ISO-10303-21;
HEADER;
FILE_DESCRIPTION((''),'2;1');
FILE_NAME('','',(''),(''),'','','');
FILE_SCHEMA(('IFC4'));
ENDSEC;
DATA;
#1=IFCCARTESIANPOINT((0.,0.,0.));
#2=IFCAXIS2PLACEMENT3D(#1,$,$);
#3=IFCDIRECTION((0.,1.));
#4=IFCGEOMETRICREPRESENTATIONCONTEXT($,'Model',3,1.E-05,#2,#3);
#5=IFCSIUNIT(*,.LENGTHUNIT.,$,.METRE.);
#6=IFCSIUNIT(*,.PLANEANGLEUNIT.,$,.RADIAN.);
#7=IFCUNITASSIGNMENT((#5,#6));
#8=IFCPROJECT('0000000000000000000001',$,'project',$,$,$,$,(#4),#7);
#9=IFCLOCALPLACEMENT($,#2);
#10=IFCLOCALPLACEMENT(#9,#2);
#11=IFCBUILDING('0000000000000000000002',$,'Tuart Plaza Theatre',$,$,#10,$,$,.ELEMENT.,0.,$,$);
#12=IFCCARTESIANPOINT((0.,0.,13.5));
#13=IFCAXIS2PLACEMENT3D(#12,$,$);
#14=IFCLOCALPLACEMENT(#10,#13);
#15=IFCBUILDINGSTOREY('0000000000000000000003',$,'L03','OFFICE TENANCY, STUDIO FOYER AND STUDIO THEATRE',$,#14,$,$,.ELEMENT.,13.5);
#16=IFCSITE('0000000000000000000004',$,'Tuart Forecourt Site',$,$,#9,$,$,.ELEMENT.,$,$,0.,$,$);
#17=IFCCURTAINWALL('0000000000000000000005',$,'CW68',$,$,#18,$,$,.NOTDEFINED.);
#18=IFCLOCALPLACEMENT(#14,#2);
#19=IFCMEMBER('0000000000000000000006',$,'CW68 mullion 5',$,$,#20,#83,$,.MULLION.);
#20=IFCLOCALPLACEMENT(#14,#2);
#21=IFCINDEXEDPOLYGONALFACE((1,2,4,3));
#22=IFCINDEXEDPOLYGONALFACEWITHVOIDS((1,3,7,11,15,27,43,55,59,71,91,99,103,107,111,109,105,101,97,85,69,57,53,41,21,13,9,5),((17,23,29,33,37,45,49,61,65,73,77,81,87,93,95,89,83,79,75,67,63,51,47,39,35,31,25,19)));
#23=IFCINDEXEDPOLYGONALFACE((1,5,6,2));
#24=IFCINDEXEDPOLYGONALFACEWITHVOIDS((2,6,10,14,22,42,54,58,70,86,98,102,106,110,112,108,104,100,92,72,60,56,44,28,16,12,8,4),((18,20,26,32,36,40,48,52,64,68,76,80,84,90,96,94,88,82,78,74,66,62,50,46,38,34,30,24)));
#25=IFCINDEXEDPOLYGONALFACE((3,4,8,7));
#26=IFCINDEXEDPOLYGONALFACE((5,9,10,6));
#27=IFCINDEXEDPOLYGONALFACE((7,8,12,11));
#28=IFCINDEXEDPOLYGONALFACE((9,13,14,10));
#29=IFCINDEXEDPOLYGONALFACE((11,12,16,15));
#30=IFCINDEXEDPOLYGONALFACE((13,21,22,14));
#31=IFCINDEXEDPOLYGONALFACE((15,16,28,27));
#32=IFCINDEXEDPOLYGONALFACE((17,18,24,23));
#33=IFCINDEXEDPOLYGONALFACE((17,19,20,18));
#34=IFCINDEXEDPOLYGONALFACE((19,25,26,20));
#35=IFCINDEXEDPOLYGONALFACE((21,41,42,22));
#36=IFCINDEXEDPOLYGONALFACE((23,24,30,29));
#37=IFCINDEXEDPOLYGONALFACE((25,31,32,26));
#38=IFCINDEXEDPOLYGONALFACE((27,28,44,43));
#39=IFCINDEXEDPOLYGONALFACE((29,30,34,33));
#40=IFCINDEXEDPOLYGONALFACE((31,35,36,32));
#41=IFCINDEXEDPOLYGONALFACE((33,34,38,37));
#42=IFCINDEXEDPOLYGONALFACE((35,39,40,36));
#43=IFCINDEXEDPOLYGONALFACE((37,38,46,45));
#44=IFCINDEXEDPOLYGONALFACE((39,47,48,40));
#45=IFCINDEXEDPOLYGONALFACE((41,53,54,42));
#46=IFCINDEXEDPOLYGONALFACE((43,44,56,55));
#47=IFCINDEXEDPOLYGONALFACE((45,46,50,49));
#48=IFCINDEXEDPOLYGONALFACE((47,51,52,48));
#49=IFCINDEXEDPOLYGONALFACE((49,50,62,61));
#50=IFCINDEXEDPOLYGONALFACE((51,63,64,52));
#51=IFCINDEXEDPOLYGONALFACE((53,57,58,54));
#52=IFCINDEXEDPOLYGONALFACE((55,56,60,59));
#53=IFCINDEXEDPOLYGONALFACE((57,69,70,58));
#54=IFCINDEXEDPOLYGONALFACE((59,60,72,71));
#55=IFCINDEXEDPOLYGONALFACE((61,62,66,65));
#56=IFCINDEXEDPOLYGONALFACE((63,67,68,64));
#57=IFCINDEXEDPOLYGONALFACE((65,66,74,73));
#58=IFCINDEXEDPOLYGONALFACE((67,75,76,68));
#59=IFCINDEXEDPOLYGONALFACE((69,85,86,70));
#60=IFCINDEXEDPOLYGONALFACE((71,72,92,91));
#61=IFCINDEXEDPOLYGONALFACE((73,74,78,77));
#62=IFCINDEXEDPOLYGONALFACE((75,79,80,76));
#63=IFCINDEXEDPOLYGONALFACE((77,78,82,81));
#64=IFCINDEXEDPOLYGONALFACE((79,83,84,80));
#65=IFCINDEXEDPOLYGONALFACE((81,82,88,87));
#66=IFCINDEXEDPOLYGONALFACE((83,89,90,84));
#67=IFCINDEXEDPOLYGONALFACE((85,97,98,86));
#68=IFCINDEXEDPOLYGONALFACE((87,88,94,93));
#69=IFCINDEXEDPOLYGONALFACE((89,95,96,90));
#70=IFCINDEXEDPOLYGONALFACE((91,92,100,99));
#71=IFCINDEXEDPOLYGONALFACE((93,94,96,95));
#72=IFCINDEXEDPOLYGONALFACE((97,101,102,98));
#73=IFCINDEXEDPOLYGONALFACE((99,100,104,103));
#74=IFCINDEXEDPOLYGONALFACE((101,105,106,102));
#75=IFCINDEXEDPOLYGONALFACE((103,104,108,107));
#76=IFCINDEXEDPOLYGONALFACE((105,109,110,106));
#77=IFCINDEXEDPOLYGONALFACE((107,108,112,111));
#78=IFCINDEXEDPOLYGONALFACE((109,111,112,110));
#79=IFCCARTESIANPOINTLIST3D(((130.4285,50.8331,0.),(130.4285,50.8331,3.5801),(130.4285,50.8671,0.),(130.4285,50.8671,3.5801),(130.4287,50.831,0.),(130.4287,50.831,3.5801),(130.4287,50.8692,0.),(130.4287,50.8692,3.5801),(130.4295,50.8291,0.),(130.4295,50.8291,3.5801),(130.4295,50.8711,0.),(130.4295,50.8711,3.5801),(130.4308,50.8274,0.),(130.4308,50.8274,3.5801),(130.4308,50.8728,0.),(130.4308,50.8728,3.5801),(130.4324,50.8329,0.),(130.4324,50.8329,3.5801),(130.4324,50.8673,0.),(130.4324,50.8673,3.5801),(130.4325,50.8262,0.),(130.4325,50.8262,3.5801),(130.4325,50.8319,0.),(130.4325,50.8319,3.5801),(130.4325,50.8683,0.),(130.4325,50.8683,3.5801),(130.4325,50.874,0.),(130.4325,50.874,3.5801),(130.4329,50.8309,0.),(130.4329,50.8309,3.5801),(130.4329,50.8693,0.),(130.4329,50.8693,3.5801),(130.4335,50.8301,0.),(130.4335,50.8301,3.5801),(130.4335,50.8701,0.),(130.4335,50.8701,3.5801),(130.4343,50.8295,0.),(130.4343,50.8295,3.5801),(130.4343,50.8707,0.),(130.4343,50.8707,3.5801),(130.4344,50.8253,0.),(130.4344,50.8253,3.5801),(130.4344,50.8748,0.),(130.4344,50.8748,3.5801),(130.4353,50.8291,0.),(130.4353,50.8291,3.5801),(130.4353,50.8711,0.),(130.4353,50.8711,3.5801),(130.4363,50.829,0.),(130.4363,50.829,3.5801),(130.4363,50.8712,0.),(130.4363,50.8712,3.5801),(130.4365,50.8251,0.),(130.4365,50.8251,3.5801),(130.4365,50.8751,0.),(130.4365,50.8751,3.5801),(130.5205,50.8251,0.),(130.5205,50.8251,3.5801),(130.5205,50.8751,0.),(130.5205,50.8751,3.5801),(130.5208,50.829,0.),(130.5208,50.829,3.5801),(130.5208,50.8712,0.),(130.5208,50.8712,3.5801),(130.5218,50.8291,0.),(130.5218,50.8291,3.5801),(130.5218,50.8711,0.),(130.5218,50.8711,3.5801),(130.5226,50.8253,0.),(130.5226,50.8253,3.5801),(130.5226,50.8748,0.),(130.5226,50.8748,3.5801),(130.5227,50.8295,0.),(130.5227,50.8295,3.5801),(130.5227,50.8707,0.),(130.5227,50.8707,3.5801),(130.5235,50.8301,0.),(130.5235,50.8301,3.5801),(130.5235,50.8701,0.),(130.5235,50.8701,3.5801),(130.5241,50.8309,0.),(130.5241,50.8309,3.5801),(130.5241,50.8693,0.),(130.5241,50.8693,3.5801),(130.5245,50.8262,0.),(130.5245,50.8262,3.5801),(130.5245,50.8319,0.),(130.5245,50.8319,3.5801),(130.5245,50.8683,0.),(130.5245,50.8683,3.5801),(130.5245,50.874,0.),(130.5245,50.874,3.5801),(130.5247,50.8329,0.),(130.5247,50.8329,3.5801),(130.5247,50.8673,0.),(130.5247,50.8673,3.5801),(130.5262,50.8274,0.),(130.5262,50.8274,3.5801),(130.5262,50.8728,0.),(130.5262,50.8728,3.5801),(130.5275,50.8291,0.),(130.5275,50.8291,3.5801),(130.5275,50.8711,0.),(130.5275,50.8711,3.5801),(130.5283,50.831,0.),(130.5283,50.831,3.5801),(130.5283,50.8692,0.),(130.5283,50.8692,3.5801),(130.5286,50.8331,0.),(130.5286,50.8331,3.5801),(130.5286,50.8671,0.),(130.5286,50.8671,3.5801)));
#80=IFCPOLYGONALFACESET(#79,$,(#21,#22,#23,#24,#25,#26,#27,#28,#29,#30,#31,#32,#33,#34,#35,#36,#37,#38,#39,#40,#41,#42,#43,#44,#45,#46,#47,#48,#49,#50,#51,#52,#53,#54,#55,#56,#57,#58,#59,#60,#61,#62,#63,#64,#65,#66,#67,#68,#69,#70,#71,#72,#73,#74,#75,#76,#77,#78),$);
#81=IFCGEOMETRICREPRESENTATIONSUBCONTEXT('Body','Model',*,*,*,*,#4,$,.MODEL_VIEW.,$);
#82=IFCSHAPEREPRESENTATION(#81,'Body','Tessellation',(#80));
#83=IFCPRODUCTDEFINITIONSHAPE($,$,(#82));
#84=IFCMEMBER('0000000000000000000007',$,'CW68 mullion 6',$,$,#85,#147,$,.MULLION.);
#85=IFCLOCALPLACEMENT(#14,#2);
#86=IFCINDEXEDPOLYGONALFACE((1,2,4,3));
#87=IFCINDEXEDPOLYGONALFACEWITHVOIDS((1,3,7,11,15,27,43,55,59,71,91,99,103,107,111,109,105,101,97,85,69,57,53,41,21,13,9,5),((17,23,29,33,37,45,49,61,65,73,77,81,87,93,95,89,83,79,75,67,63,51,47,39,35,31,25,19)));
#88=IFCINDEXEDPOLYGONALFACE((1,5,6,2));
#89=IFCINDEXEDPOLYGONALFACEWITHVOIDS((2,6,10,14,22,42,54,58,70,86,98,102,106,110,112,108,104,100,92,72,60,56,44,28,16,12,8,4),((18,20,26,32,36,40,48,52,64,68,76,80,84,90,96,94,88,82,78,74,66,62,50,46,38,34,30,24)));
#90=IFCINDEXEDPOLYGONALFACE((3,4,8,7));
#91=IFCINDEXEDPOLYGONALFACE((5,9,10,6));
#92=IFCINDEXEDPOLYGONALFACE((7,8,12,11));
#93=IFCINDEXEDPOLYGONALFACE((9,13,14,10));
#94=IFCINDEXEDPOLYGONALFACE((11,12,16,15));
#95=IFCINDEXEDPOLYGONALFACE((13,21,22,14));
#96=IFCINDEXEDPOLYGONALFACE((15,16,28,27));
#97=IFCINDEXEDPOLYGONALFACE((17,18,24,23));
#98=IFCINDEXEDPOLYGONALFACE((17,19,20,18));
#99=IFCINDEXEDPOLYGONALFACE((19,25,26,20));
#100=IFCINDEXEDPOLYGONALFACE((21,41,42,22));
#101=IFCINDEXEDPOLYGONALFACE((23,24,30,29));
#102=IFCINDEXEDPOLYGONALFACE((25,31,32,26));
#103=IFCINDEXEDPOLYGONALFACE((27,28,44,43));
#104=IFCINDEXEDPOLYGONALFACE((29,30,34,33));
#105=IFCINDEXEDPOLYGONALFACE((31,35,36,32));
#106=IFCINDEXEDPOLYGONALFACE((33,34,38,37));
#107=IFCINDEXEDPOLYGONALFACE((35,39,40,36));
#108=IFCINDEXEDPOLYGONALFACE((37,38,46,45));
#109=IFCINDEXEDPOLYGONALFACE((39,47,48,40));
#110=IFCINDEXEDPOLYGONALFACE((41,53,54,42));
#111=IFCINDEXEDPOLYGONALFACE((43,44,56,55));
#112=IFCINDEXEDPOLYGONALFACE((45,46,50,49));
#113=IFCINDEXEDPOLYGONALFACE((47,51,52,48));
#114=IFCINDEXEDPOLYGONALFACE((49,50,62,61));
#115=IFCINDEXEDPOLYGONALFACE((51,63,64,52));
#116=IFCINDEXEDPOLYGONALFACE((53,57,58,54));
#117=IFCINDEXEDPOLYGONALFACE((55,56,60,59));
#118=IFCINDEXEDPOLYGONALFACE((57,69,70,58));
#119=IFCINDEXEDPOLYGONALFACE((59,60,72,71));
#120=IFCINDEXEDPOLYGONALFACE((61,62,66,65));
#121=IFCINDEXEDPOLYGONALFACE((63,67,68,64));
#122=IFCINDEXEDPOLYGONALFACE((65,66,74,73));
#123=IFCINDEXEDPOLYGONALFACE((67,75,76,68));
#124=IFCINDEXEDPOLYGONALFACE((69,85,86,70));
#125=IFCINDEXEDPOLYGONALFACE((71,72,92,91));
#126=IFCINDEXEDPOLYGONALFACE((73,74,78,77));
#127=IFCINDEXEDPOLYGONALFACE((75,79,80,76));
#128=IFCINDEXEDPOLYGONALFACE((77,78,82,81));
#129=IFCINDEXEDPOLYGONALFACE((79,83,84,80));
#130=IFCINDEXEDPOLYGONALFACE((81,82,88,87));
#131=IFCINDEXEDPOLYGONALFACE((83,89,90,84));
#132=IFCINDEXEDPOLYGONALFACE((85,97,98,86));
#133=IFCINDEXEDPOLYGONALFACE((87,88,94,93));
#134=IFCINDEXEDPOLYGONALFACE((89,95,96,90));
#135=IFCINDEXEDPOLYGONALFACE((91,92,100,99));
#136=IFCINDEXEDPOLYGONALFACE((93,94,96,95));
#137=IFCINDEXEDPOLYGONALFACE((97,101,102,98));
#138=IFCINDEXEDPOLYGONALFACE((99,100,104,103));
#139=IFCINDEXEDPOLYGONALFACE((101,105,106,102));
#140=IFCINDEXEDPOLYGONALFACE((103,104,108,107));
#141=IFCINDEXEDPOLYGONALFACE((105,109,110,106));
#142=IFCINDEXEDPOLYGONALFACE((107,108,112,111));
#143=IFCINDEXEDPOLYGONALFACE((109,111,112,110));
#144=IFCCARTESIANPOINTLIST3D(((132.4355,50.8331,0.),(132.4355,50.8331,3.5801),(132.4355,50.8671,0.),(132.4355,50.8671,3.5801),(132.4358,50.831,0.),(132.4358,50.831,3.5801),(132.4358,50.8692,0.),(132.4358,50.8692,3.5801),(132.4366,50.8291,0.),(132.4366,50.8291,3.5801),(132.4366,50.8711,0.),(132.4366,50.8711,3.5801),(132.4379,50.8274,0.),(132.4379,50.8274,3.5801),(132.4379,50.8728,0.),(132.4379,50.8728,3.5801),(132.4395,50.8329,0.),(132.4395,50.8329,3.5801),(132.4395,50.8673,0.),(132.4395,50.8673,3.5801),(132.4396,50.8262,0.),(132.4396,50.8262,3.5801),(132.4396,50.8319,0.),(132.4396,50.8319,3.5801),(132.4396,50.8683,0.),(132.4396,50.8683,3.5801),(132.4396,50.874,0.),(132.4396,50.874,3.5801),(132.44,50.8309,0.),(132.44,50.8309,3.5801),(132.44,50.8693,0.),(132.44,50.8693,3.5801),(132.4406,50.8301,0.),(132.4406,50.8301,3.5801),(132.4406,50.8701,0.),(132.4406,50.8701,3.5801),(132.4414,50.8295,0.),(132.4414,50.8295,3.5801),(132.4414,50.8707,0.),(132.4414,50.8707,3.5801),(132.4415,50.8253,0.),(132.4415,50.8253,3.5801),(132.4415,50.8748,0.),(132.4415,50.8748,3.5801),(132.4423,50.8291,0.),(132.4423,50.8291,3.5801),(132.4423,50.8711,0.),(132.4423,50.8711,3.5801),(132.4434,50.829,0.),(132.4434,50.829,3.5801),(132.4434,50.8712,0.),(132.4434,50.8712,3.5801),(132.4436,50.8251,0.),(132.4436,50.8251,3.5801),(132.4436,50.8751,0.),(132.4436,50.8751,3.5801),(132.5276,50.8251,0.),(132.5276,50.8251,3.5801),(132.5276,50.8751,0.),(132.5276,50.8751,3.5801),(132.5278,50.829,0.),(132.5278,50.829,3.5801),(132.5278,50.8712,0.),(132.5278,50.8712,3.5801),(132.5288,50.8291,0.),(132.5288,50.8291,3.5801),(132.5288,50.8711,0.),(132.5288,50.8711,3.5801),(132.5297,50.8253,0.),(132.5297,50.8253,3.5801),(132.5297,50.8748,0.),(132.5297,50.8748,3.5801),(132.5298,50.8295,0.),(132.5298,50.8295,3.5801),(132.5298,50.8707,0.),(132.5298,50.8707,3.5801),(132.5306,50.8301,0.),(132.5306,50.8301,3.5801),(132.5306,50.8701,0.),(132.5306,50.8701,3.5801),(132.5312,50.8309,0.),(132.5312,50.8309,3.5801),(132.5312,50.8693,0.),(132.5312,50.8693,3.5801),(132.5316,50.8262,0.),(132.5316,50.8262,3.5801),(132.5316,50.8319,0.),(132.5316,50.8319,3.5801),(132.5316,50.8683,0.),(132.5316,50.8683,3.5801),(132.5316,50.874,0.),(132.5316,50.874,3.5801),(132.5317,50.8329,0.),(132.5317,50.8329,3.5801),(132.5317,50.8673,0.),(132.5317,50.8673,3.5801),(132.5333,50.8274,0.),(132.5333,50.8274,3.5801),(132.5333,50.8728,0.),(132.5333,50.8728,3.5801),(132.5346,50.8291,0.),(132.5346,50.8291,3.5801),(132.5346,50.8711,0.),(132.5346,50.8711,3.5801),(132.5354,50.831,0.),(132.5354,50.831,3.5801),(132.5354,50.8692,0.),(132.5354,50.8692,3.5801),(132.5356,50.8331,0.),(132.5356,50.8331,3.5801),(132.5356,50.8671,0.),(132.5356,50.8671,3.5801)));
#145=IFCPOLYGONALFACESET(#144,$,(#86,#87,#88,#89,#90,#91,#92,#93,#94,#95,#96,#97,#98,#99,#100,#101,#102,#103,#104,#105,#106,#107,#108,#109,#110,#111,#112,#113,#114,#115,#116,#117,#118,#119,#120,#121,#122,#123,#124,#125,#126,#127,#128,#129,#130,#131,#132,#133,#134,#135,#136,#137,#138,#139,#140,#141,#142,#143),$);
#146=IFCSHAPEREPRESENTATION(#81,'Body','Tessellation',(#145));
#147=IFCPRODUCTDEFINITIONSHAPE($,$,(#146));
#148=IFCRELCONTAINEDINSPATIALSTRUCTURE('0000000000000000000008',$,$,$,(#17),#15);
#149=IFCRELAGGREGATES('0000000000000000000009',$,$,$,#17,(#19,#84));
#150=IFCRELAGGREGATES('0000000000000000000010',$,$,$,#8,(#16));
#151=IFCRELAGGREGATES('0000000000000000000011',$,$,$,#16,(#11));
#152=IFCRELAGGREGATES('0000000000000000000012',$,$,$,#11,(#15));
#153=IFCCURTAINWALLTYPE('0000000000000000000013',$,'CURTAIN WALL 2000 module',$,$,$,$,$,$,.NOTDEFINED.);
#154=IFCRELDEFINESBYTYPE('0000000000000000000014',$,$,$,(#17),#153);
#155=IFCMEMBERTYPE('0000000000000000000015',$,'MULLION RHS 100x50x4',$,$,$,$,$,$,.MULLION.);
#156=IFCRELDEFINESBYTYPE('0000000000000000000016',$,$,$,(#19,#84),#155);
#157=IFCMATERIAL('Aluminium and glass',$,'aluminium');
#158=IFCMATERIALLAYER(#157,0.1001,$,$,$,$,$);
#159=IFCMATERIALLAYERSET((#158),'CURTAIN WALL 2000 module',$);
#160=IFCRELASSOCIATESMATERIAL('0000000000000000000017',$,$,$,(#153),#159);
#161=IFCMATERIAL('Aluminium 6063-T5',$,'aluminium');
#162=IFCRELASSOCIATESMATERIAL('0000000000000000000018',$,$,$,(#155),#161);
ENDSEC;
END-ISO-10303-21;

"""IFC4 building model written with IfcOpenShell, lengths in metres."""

from ifc_helpers import new_model, si_unit, direction, frame, origin, origin_2d, place, context, subcontext, project, spatial, hollow_rectangle, extrude, material, layer, layer_set, material_profile, profile_set, type_object, element, aggregate, save


model = new_model("IFC4")

# Units and contexts
model_context = context("Model", 3, precision=1e-05, world=origin(), true_north=direction((0.0, 1.0)))
body_context = subcontext(model_context, "Body", "Model", "MODEL_VIEW")
ifc_project = project(units=[si_unit("LENGTHUNIT", "METRE"), si_unit("PLANEANGLEUNIT", "RADIAN")], contexts=[model_context])

# Site, building, storey
site_placement = place(None, origin())
site = spatial("IfcSite", under=ifc_project, at=site_placement, Name="Tuart Forecourt Site", CompositionType="ELEMENT", RefElevation=0.0)
building_placement = place(site_placement, origin())
building = spatial("IfcBuilding", under=site, at=building_placement, Name="Tuart Plaza Theatre", CompositionType="ELEMENT", ElevationOfRefHeight=0.0)
storey_placement = place(building_placement, frame((0.0, 0.0, 13.5)))
storey = spatial("IfcBuildingStorey", under=building, at=storey_placement, Name="L03", Description="OFFICE TENANCY, STUDIO FOYER AND STUDIO THEATRE", CompositionType="ELEMENT", Elevation=13.5)

# Curtain wall, members
ifc_material_1 = material(Name="Aluminium and glass", Category="aluminium")
ifc_layer_1 = layer(ifc_material_1, 0.1001)
ifc_layer_set_1 = layer_set([ifc_layer_1], Name="CURTAIN WALL 2000 module")
curtain_wall_type = type_object("IfcCurtainWallType", Name="CURTAIN WALL 2000 module", PredefinedType="NOTDEFINED", material=ifc_layer_set_1)
curtain_wall_placement = place(storey_placement, origin())
curtain_wall = element("IfcCurtainWall", 1, at=curtain_wall_placement, inside=storey, type_object=curtain_wall_type, Name="CW68", PredefinedType="NOTDEFINED")
ifc_material_2 = material(Name="Aluminium 6063-T5", Category="aluminium")
ifc_material_profile_1 = material_profile(ifc_material_2, hollow_rectangle(XDim=0.05, YDim=0.1001, WallThickness=0.0039, InnerFilletRadius=0.0039, OuterFilletRadius=0.0081, at=origin_2d()), Name="RHS 100x50x4")
ifc_profile_set_1 = profile_set([ifc_material_profile_1], Name="Aluminium 6063-T5")
member_type_1 = type_object("IfcMemberType", Name="MULLION RHS 100x50x4", PredefinedType="MULLION", material=ifc_profile_set_1)
member_1_placement = place(storey_placement, frame((130.4785, 50.8501, 0.0), z_axis=(0.0, 0.0, 1.0), x_axis=(0.0, 1.0, 0.0)))
member_1 = element("IfcMember", 2, at=member_1_placement, type_object=member_type_1, Name="CW68 mullion 5", PredefinedType="MULLION", context=body_context, shape_type="SweptSolid", body=[
    extrude(hollow_rectangle(XDim=0.05, YDim=0.1001, WallThickness=0.0039, InnerFilletRadius=0.0039, OuterFilletRadius=0.0081, at=origin_2d()), origin(), (0.0, 0.0, 1.0), 3.5801),
])
member_2_placement = place(storey_placement, frame((132.4856, 50.8501, 0.0), z_axis=(0.0, 0.0, 1.0), x_axis=(0.0, 1.0, 0.0)))
member_2 = element("IfcMember", 3, at=member_2_placement, type_object=member_type_1, Name="CW68 mullion 6", PredefinedType="MULLION", context=body_context, shape_type="SweptSolid", body=[
    extrude(hollow_rectangle(XDim=0.05, YDim=0.1001, WallThickness=0.0039, InnerFilletRadius=0.0039, OuterFilletRadius=0.0081, at=origin_2d()), origin(), (0.0, 0.0, 1.0), 3.5801),
])
aggregate(curtain_wall, [member_1, member_2])

save(model, "model.ifc")
